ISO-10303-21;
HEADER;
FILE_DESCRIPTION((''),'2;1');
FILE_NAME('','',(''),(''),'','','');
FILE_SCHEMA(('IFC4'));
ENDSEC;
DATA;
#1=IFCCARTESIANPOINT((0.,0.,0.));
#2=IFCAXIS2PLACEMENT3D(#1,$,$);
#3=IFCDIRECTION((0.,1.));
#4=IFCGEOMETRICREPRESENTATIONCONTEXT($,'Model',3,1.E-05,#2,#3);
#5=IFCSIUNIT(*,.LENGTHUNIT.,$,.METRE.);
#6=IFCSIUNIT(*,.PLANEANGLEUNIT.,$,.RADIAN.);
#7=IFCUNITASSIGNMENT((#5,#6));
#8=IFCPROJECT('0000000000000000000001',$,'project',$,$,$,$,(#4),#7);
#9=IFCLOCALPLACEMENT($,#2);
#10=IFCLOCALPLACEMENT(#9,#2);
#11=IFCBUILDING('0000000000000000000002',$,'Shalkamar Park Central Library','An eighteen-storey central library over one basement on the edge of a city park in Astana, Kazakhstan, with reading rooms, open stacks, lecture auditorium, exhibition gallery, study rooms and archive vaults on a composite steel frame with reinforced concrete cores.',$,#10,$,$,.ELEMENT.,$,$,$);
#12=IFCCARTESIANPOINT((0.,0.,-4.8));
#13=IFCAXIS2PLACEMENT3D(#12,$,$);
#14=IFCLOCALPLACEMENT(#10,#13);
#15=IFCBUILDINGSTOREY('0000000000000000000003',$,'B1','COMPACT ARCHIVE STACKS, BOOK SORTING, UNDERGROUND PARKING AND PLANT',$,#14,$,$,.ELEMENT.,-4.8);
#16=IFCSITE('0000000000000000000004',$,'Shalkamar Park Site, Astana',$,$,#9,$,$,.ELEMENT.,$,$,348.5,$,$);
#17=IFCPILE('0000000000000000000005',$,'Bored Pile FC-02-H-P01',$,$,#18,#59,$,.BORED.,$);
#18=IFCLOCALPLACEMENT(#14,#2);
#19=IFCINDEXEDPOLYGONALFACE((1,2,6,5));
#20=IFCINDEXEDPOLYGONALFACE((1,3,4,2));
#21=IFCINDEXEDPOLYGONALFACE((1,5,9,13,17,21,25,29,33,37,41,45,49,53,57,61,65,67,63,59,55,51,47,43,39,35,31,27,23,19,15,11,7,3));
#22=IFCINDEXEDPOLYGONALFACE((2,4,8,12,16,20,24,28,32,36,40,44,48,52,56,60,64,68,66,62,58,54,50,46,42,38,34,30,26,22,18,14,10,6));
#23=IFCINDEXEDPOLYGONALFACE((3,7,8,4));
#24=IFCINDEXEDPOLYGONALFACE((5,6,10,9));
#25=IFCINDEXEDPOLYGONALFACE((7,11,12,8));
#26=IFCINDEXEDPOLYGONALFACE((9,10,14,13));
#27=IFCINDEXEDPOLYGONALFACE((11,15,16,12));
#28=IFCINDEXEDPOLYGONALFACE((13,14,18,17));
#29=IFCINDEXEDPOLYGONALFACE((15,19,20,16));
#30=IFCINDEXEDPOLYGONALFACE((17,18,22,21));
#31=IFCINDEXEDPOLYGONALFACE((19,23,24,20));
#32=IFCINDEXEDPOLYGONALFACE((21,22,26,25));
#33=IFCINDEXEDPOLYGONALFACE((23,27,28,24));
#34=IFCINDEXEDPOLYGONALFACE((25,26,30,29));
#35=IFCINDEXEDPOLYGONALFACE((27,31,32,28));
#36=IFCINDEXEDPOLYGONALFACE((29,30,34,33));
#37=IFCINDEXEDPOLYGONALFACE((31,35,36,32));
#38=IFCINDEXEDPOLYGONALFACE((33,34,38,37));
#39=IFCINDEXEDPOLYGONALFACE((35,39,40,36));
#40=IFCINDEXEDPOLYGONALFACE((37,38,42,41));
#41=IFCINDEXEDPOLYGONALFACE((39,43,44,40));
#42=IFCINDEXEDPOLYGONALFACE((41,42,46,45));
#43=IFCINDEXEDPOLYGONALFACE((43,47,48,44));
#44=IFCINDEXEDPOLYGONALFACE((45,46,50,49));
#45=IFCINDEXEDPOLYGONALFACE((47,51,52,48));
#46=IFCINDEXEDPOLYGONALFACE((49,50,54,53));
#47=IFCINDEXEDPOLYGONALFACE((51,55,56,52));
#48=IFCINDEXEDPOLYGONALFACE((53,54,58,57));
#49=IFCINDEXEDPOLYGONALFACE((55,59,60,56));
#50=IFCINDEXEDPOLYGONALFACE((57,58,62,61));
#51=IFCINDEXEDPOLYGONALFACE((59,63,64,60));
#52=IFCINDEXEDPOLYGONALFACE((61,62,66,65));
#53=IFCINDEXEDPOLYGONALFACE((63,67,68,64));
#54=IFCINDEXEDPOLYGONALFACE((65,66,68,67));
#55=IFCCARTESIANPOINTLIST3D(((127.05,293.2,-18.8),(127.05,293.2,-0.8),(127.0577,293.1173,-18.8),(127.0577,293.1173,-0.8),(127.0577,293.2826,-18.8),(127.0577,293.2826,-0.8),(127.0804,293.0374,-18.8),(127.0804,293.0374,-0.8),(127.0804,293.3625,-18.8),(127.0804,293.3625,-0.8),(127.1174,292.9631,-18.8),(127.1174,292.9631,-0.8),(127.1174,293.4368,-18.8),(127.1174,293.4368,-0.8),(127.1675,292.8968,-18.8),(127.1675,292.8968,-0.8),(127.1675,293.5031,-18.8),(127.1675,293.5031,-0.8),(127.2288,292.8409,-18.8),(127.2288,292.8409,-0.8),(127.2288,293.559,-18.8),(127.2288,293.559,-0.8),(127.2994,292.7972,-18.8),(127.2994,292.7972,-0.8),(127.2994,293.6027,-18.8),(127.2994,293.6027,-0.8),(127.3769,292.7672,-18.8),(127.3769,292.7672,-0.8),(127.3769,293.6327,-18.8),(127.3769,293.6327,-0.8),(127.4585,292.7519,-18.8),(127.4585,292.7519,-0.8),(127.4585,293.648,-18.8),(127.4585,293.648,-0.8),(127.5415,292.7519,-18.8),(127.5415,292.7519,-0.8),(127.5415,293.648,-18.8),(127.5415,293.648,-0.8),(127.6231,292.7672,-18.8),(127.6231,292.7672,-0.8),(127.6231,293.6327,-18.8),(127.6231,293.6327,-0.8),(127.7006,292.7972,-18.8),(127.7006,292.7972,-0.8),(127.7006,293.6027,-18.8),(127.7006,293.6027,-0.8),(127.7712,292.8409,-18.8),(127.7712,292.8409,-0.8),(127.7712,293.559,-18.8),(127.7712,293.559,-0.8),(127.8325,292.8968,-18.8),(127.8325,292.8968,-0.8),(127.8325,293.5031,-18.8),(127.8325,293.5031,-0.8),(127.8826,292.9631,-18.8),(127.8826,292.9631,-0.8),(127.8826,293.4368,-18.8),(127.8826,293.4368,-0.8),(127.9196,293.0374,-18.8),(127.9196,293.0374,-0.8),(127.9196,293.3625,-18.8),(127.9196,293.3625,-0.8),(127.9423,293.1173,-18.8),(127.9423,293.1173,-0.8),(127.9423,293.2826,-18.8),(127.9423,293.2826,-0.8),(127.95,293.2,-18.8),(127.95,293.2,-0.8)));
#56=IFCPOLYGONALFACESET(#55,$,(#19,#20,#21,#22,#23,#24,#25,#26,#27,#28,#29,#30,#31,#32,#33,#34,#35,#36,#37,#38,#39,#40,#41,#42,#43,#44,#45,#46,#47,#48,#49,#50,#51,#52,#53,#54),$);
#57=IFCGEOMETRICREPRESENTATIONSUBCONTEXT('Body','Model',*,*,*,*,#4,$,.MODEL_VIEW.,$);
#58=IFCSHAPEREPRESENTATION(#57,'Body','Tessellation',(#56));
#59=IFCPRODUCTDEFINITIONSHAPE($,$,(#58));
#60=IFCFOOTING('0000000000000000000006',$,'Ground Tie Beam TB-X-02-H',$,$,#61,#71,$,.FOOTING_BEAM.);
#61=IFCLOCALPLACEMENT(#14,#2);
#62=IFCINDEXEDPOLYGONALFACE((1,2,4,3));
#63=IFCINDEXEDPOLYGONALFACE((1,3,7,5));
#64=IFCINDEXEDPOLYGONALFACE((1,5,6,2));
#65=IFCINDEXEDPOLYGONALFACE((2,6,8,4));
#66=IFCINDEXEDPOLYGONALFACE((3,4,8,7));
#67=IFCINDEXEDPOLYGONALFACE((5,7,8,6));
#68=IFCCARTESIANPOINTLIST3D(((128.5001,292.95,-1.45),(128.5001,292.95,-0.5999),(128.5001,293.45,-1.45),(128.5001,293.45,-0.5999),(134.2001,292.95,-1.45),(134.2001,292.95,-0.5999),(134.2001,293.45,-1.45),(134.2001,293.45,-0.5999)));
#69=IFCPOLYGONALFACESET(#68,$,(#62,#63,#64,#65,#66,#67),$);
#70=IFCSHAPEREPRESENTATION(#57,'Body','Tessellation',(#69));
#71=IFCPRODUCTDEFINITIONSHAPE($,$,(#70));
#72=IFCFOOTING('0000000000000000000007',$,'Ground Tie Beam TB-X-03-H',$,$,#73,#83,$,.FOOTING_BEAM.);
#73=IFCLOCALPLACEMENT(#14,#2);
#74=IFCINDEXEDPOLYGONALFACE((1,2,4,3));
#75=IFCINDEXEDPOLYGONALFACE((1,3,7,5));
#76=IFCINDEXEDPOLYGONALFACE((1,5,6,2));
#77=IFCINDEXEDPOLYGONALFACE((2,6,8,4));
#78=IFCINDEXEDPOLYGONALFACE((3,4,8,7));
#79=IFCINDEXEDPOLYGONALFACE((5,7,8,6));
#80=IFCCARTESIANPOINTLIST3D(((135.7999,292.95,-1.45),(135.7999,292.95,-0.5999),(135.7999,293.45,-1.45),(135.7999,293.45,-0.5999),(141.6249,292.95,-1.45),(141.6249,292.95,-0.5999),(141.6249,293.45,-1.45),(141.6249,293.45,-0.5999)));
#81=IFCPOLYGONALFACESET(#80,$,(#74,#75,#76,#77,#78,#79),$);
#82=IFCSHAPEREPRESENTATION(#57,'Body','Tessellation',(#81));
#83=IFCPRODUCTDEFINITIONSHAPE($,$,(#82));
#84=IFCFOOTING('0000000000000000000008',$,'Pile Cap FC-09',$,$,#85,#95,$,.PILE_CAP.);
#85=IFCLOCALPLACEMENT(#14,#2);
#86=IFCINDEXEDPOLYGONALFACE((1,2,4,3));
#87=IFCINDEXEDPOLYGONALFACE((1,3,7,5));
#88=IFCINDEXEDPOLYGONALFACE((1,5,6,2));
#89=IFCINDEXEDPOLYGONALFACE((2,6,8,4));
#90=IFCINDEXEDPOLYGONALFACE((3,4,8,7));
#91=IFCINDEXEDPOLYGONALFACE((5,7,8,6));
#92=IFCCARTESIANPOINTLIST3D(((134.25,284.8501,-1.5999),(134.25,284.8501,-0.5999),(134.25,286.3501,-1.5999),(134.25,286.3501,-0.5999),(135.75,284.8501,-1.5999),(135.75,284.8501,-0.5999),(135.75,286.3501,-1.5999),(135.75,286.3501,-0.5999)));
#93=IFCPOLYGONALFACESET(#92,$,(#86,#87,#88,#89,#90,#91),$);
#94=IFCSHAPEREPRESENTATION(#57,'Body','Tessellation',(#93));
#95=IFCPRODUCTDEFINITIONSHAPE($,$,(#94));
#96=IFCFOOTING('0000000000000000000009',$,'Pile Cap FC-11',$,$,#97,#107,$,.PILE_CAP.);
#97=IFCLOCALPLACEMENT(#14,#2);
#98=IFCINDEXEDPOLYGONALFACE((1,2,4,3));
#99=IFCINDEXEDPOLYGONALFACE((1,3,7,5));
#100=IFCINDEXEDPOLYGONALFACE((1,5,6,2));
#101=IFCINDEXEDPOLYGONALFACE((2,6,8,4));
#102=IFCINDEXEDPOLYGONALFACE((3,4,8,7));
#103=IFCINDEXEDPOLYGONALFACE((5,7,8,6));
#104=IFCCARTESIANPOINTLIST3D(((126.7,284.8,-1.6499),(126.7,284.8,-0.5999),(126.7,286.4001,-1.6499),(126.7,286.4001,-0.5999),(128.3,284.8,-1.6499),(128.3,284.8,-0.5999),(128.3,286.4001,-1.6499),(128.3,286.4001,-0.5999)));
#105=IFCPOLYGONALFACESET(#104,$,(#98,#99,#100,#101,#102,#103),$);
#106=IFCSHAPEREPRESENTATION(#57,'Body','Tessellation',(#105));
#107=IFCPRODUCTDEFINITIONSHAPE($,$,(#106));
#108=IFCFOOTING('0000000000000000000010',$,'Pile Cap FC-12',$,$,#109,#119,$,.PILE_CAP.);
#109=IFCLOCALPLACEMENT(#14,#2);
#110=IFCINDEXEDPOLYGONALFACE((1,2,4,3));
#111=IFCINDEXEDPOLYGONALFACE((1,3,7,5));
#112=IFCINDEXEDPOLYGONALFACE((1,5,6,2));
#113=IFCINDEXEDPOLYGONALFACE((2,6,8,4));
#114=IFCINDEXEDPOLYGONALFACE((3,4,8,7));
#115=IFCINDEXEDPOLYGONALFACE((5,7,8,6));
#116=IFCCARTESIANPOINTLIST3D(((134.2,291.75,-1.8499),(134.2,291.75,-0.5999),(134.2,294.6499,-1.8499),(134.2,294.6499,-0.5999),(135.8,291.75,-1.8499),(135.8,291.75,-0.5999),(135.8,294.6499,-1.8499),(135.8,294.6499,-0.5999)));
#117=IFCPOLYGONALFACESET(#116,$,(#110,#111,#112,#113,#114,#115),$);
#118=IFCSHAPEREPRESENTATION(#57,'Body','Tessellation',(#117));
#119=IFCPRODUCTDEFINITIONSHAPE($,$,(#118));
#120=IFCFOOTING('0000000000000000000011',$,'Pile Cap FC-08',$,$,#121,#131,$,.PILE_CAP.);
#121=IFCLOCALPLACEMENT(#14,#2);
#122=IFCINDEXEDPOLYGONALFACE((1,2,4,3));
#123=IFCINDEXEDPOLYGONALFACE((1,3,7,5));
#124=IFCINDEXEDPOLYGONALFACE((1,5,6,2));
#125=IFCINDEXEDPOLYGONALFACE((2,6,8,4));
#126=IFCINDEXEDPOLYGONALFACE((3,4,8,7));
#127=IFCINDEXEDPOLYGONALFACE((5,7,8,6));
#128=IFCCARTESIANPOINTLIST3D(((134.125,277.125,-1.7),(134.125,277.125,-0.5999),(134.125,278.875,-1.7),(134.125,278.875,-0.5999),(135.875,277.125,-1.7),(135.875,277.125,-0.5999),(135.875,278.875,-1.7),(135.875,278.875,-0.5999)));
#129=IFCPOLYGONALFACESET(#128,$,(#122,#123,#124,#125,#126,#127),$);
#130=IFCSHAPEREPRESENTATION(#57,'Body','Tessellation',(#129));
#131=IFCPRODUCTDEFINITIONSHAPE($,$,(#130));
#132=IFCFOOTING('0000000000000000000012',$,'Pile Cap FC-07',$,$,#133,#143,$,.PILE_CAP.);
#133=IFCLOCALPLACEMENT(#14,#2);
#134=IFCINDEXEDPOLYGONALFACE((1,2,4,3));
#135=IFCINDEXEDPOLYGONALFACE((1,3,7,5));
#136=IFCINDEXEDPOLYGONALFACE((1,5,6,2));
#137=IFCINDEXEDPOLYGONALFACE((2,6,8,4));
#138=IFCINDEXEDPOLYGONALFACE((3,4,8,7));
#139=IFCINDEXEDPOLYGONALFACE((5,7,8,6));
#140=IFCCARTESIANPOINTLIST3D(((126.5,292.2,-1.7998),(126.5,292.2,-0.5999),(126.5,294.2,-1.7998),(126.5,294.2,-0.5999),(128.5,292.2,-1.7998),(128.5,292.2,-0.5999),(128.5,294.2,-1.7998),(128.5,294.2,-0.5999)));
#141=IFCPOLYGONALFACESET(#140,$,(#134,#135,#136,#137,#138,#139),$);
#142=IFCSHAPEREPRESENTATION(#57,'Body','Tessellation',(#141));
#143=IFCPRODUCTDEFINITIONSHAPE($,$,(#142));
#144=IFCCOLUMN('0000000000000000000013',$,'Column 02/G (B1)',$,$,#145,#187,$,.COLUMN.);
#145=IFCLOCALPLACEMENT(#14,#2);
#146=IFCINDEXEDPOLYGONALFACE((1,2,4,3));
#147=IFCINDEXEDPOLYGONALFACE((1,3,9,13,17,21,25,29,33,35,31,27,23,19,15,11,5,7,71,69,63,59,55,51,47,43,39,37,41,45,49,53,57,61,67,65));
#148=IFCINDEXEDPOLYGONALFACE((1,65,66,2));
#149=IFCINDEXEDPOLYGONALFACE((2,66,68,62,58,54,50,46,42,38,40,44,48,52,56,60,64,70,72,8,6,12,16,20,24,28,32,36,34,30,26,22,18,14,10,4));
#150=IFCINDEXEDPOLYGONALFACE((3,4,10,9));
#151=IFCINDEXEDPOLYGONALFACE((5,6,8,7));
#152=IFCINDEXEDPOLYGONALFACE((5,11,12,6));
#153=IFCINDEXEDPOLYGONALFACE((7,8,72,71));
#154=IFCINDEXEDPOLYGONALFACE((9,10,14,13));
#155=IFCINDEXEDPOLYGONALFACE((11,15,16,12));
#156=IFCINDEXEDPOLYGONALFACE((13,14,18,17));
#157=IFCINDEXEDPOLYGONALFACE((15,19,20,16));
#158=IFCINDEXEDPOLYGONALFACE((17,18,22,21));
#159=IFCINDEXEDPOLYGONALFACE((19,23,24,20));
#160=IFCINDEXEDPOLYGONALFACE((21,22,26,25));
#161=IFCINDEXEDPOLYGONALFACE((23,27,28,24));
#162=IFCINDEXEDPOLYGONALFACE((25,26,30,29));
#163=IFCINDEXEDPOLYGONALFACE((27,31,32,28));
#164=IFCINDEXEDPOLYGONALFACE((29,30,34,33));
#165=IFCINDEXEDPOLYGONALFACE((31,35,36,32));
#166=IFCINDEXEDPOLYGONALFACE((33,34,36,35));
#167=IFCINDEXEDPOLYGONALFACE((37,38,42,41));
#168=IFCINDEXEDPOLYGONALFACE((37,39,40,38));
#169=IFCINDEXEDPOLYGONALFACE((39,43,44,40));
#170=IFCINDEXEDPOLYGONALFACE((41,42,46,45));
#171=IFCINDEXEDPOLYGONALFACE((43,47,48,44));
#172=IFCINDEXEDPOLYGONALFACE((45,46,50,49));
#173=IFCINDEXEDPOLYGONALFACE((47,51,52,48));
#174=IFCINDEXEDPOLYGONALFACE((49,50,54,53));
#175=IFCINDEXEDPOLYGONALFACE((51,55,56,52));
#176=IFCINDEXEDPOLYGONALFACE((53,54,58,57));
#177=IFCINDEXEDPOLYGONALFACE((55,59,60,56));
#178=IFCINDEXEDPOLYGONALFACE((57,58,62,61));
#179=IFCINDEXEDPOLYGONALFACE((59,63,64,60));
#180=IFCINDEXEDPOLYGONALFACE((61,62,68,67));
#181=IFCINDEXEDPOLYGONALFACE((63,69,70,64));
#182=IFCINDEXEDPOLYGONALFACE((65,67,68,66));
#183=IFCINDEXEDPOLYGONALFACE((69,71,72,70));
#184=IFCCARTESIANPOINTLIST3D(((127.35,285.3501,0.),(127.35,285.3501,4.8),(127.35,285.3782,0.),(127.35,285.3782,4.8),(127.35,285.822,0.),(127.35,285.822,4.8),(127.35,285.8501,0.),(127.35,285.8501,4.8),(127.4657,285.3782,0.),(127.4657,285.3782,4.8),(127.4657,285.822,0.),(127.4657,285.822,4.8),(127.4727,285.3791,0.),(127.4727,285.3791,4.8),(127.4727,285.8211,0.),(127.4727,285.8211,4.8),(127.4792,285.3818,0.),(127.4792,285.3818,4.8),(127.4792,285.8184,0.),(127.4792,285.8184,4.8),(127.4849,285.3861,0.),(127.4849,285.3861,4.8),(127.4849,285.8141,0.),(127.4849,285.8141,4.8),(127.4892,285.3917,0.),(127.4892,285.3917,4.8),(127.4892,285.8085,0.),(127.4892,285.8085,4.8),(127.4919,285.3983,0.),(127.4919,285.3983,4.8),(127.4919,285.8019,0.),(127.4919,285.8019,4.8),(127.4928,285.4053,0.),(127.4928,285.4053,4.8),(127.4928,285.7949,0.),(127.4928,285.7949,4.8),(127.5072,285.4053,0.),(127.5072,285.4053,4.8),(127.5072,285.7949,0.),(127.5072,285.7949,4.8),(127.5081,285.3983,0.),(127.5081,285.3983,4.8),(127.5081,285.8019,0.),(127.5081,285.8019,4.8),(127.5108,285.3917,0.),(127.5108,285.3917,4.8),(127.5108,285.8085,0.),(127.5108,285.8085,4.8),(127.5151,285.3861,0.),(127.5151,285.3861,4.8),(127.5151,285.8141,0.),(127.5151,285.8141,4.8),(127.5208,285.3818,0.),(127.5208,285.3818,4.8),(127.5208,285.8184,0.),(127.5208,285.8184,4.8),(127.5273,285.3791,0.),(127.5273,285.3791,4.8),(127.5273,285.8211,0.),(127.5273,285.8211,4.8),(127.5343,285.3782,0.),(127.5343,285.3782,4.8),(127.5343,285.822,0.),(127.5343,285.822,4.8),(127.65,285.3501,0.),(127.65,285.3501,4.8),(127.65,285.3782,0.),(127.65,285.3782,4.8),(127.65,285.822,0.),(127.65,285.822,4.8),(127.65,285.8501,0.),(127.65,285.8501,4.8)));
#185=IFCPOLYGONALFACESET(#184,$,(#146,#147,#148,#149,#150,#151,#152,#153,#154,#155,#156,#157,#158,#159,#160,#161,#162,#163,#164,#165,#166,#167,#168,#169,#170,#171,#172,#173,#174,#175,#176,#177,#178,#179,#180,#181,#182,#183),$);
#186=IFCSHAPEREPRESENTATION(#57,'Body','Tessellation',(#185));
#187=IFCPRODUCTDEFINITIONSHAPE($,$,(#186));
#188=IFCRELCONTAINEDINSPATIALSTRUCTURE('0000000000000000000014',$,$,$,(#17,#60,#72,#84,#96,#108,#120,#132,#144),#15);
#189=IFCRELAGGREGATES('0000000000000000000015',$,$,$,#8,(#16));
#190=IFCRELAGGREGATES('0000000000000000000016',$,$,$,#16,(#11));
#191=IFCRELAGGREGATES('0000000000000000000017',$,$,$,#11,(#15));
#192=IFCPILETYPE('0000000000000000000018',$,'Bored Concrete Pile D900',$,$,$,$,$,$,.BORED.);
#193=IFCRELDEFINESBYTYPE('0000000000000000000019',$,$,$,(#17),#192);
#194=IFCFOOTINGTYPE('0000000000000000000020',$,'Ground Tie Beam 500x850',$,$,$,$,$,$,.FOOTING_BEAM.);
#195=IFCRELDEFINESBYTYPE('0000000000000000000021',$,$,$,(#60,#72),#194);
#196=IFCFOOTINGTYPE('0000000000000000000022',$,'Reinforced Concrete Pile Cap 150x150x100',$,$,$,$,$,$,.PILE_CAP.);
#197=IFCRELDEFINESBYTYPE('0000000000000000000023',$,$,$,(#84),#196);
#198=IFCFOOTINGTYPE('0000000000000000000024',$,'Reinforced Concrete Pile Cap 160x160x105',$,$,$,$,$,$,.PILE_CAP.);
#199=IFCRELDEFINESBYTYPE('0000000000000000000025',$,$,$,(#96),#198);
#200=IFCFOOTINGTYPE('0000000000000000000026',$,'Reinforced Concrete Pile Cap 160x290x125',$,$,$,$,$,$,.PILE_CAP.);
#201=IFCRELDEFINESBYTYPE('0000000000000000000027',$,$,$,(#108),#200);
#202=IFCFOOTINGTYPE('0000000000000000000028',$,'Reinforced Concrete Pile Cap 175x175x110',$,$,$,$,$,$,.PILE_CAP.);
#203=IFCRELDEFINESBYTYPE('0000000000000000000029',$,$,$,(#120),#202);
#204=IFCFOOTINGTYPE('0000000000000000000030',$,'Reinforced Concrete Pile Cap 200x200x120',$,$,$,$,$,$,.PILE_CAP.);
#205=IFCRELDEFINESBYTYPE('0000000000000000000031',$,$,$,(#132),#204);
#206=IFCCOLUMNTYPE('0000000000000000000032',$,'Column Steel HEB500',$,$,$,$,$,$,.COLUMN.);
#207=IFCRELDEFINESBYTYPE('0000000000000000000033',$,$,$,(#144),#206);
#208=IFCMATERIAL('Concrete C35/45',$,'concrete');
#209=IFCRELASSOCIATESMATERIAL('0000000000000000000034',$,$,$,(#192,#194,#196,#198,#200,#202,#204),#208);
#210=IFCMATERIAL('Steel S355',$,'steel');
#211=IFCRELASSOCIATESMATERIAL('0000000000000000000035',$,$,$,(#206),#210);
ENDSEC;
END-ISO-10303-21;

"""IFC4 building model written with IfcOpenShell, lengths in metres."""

from ifc_helpers import new_model, si_unit, direction, frame, origin, origin_2d, place, context, subcontext, project, spatial, rectangle, circle, i_section, extrude, material, material_profile, profile_set, type_object, element, save


model = new_model("IFC4")

# Units and contexts
model_context = context("Model", 3, precision=1e-05, world=origin(), true_north=direction((0.0, 1.0)))
body_context = subcontext(model_context, "Body", "Model", "MODEL_VIEW")
ifc_project = project(units=[si_unit("LENGTHUNIT", "METRE"), si_unit("PLANEANGLEUNIT", "RADIAN")], contexts=[model_context])

# Site, building, storey
site_placement = place(None, origin())
site = spatial("IfcSite", under=ifc_project, at=site_placement, Name="Shalkamar Park Site, Astana", CompositionType="ELEMENT", RefElevation=348.5)
building_placement = place(site_placement, origin())
building = spatial("IfcBuilding", under=site, at=building_placement, Name="Shalkamar Park Central Library", Description="An eighteen-storey central library over one basement on the edge of a city park in Astana, Kazakhstan, with reading rooms, open stacks, lecture auditorium, exhibition gallery, study rooms and archive vaults on a composite steel frame with reinforced concrete cores.", CompositionType="ELEMENT")
storey_placement = place(building_placement, frame((0.0, 0.0, -4.8)))
storey = spatial("IfcBuildingStorey", under=building, at=storey_placement, Name="B1", Description="COMPACT ARCHIVE STACKS, BOOK SORTING, UNDERGROUND PARKING AND PLANT", CompositionType="ELEMENT", Elevation=-4.8)

# Pile
ifc_material_1 = material(Name="Concrete C35/45", Category="concrete")
ifc_material_profile_1 = material_profile(ifc_material_1, circle(Radius=0.45, at=origin_2d()), Name="PILE D900")
ifc_profile_set_1 = profile_set([ifc_material_profile_1], Name="Concrete C35/45")
pile_type_1 = type_object("IfcPileType", Name="Bored Concrete Pile D900", PredefinedType="BORED", material=ifc_profile_set_1)
pile_1_placement = place(storey_placement, frame((127.5, 293.2, -0.8), z_axis=(0.0, 0.0, -1.0), x_axis=(1.0, 0.0, 0.0)))
element("IfcPile", 1, at=pile_1_placement, inside=storey, type_object=pile_type_1, Name="Bored Pile FC-02-H-P01", PredefinedType="BORED", context=body_context, shape_type="SweptSolid", body=[
    extrude(circle(Radius=0.45, at=origin_2d()), origin(), (0.0, 0.0, 1.0), 18.0),
])

# Footings
footing_type_1 = type_object("IfcFootingType", Name="Ground Tie Beam 500x850", PredefinedType="FOOTING_BEAM", material=ifc_material_1)
footing_1_placement = place(storey_placement, frame((131.3501, 293.2, -1.45), z_axis=(0.0, 0.0, 1.0), x_axis=(1.0, 0.0, 0.0)))
element("IfcFooting", 2, at=footing_1_placement, inside=storey, type_object=footing_type_1, Name="Ground Tie Beam TB-X-02-H", PredefinedType="FOOTING_BEAM", context=body_context, shape_type="SweptSolid", body=[
    extrude(rectangle(XDim=5.7, YDim=0.5, at=origin_2d()), origin(), (0.0, 0.0, 1.0), 0.8501),
])
footing_2_placement = place(storey_placement, frame((138.7124, 293.2, -1.45), z_axis=(0.0, 0.0, 1.0), x_axis=(1.0, 0.0, 0.0)))
element("IfcFooting", 3, at=footing_2_placement, inside=storey, type_object=footing_type_1, Name="Ground Tie Beam TB-X-03-H", PredefinedType="FOOTING_BEAM", context=body_context, shape_type="SweptSolid", body=[
    extrude(rectangle(XDim=5.825, YDim=0.5, at=origin_2d()), origin(), (0.0, 0.0, 1.0), 0.8501),
])
footing_type_2 = type_object("IfcFootingType", Name="Reinforced Concrete Pile Cap 150x150x100", PredefinedType="PILE_CAP", material=ifc_material_1)
footing_3_placement = place(storey_placement, frame((135.0, 285.6001, -1.5999), z_axis=(0.0, 0.0, 1.0), x_axis=(1.0, 0.0, 0.0)))
element("IfcFooting", 4, at=footing_3_placement, inside=storey, type_object=footing_type_2, Name="Pile Cap FC-09", PredefinedType="PILE_CAP", context=body_context, shape_type="SweptSolid", body=[
    extrude(rectangle(XDim=1.5, YDim=1.5, at=origin_2d()), origin(), (0.0, 0.0, 1.0), 1.0),
])
footing_type_3 = type_object("IfcFootingType", Name="Reinforced Concrete Pile Cap 160x160x105", PredefinedType="PILE_CAP", material=ifc_material_1)
footing_4_placement = place(storey_placement, frame((127.5, 285.6001, -1.6499), z_axis=(0.0, 0.0, 1.0), x_axis=(1.0, 0.0, 0.0)))
element("IfcFooting", 5, at=footing_4_placement, inside=storey, type_object=footing_type_3, Name="Pile Cap FC-11", PredefinedType="PILE_CAP", context=body_context, shape_type="SweptSolid", body=[
    extrude(rectangle(XDim=1.6001, YDim=1.6001, at=origin_2d()), origin(), (0.0, 0.0, 1.0), 1.05),
])
footing_type_4 = type_object("IfcFootingType", Name="Reinforced Concrete Pile Cap 160x290x125", PredefinedType="PILE_CAP", material=ifc_material_1)
footing_5_placement = place(storey_placement, frame((135.0, 293.2, -1.8499), z_axis=(0.0, 0.0, 1.0), x_axis=(1.0, 0.0, 0.0)))
element("IfcFooting", 6, at=footing_5_placement, inside=storey, type_object=footing_type_4, Name="Pile Cap FC-12", PredefinedType="PILE_CAP", context=body_context, shape_type="SweptSolid", body=[
    extrude(rectangle(XDim=1.6001, YDim=2.8999, at=origin_2d()), origin(), (0.0, 0.0, 1.0), 1.25),
])
footing_type_5 = type_object("IfcFootingType", Name="Reinforced Concrete Pile Cap 175x175x110", PredefinedType="PILE_CAP", material=ifc_material_1)
footing_6_placement = place(storey_placement, frame((135.0, 278.0, -1.7), z_axis=(0.0, 0.0, 1.0), x_axis=(1.0, 0.0, 0.0)))
element("IfcFooting", 7, at=footing_6_placement, inside=storey, type_object=footing_type_5, Name="Pile Cap FC-08", PredefinedType="PILE_CAP", context=body_context, shape_type="SweptSolid", body=[
    extrude(rectangle(XDim=1.75, YDim=1.75, at=origin_2d()), origin(), (0.0, 0.0, 1.0), 1.1001),
])
footing_type_6 = type_object("IfcFootingType", Name="Reinforced Concrete Pile Cap 200x200x120", PredefinedType="PILE_CAP", material=ifc_material_1)
footing_7_placement = place(storey_placement, frame((127.5, 293.2, -1.7998), z_axis=(0.0, 0.0, 1.0), x_axis=(1.0, 0.0, 0.0)))
element("IfcFooting", 8, at=footing_7_placement, inside=storey, type_object=footing_type_6, Name="Pile Cap FC-07", PredefinedType="PILE_CAP", context=body_context, shape_type="SweptSolid", body=[
    extrude(rectangle(XDim=2.0, YDim=2.0, at=origin_2d()), origin(), (0.0, 0.0, 1.0), 1.2),
])

# Column
ifc_material_2 = material(Name="Steel S355", Category="steel")
ifc_material_profile_2 = material_profile(ifc_material_2, i_section(OverallWidth=0.3, OverallDepth=0.5, WebThickness=0.0144, FlangeThickness=0.0281, FilletRadius=0.0271, at=origin_2d()), Name="HEB 500")
ifc_profile_set_2 = profile_set([ifc_material_profile_2], Name="Steel S355")
column_type = type_object("IfcColumnType", Name="Column Steel HEB500", PredefinedType="COLUMN", material=ifc_profile_set_2)
for number, where, z_axis, x_axis, name in (
    (9, (127.5, 285.6001, 0.0), (0.0, 0.0, 1.0), (1.0, 0.0, 0.0), "Column 02/G (B1)"),
):
    element("IfcColumn", number, at=place(storey_placement, frame(where, z_axis=z_axis, x_axis=x_axis)), inside=storey, type_object=column_type, Name=name, PredefinedType="COLUMN", context=body_context, shape_type="SweptSolid", body=[
        extrude(i_section(OverallWidth=0.3, OverallDepth=0.5, WebThickness=0.0144, FlangeThickness=0.0281, FilletRadius=0.0271, at=origin_2d()), origin(), (0.0, 0.0, 1.0), 4.8),
    ])

save(model, "model.ifc")
